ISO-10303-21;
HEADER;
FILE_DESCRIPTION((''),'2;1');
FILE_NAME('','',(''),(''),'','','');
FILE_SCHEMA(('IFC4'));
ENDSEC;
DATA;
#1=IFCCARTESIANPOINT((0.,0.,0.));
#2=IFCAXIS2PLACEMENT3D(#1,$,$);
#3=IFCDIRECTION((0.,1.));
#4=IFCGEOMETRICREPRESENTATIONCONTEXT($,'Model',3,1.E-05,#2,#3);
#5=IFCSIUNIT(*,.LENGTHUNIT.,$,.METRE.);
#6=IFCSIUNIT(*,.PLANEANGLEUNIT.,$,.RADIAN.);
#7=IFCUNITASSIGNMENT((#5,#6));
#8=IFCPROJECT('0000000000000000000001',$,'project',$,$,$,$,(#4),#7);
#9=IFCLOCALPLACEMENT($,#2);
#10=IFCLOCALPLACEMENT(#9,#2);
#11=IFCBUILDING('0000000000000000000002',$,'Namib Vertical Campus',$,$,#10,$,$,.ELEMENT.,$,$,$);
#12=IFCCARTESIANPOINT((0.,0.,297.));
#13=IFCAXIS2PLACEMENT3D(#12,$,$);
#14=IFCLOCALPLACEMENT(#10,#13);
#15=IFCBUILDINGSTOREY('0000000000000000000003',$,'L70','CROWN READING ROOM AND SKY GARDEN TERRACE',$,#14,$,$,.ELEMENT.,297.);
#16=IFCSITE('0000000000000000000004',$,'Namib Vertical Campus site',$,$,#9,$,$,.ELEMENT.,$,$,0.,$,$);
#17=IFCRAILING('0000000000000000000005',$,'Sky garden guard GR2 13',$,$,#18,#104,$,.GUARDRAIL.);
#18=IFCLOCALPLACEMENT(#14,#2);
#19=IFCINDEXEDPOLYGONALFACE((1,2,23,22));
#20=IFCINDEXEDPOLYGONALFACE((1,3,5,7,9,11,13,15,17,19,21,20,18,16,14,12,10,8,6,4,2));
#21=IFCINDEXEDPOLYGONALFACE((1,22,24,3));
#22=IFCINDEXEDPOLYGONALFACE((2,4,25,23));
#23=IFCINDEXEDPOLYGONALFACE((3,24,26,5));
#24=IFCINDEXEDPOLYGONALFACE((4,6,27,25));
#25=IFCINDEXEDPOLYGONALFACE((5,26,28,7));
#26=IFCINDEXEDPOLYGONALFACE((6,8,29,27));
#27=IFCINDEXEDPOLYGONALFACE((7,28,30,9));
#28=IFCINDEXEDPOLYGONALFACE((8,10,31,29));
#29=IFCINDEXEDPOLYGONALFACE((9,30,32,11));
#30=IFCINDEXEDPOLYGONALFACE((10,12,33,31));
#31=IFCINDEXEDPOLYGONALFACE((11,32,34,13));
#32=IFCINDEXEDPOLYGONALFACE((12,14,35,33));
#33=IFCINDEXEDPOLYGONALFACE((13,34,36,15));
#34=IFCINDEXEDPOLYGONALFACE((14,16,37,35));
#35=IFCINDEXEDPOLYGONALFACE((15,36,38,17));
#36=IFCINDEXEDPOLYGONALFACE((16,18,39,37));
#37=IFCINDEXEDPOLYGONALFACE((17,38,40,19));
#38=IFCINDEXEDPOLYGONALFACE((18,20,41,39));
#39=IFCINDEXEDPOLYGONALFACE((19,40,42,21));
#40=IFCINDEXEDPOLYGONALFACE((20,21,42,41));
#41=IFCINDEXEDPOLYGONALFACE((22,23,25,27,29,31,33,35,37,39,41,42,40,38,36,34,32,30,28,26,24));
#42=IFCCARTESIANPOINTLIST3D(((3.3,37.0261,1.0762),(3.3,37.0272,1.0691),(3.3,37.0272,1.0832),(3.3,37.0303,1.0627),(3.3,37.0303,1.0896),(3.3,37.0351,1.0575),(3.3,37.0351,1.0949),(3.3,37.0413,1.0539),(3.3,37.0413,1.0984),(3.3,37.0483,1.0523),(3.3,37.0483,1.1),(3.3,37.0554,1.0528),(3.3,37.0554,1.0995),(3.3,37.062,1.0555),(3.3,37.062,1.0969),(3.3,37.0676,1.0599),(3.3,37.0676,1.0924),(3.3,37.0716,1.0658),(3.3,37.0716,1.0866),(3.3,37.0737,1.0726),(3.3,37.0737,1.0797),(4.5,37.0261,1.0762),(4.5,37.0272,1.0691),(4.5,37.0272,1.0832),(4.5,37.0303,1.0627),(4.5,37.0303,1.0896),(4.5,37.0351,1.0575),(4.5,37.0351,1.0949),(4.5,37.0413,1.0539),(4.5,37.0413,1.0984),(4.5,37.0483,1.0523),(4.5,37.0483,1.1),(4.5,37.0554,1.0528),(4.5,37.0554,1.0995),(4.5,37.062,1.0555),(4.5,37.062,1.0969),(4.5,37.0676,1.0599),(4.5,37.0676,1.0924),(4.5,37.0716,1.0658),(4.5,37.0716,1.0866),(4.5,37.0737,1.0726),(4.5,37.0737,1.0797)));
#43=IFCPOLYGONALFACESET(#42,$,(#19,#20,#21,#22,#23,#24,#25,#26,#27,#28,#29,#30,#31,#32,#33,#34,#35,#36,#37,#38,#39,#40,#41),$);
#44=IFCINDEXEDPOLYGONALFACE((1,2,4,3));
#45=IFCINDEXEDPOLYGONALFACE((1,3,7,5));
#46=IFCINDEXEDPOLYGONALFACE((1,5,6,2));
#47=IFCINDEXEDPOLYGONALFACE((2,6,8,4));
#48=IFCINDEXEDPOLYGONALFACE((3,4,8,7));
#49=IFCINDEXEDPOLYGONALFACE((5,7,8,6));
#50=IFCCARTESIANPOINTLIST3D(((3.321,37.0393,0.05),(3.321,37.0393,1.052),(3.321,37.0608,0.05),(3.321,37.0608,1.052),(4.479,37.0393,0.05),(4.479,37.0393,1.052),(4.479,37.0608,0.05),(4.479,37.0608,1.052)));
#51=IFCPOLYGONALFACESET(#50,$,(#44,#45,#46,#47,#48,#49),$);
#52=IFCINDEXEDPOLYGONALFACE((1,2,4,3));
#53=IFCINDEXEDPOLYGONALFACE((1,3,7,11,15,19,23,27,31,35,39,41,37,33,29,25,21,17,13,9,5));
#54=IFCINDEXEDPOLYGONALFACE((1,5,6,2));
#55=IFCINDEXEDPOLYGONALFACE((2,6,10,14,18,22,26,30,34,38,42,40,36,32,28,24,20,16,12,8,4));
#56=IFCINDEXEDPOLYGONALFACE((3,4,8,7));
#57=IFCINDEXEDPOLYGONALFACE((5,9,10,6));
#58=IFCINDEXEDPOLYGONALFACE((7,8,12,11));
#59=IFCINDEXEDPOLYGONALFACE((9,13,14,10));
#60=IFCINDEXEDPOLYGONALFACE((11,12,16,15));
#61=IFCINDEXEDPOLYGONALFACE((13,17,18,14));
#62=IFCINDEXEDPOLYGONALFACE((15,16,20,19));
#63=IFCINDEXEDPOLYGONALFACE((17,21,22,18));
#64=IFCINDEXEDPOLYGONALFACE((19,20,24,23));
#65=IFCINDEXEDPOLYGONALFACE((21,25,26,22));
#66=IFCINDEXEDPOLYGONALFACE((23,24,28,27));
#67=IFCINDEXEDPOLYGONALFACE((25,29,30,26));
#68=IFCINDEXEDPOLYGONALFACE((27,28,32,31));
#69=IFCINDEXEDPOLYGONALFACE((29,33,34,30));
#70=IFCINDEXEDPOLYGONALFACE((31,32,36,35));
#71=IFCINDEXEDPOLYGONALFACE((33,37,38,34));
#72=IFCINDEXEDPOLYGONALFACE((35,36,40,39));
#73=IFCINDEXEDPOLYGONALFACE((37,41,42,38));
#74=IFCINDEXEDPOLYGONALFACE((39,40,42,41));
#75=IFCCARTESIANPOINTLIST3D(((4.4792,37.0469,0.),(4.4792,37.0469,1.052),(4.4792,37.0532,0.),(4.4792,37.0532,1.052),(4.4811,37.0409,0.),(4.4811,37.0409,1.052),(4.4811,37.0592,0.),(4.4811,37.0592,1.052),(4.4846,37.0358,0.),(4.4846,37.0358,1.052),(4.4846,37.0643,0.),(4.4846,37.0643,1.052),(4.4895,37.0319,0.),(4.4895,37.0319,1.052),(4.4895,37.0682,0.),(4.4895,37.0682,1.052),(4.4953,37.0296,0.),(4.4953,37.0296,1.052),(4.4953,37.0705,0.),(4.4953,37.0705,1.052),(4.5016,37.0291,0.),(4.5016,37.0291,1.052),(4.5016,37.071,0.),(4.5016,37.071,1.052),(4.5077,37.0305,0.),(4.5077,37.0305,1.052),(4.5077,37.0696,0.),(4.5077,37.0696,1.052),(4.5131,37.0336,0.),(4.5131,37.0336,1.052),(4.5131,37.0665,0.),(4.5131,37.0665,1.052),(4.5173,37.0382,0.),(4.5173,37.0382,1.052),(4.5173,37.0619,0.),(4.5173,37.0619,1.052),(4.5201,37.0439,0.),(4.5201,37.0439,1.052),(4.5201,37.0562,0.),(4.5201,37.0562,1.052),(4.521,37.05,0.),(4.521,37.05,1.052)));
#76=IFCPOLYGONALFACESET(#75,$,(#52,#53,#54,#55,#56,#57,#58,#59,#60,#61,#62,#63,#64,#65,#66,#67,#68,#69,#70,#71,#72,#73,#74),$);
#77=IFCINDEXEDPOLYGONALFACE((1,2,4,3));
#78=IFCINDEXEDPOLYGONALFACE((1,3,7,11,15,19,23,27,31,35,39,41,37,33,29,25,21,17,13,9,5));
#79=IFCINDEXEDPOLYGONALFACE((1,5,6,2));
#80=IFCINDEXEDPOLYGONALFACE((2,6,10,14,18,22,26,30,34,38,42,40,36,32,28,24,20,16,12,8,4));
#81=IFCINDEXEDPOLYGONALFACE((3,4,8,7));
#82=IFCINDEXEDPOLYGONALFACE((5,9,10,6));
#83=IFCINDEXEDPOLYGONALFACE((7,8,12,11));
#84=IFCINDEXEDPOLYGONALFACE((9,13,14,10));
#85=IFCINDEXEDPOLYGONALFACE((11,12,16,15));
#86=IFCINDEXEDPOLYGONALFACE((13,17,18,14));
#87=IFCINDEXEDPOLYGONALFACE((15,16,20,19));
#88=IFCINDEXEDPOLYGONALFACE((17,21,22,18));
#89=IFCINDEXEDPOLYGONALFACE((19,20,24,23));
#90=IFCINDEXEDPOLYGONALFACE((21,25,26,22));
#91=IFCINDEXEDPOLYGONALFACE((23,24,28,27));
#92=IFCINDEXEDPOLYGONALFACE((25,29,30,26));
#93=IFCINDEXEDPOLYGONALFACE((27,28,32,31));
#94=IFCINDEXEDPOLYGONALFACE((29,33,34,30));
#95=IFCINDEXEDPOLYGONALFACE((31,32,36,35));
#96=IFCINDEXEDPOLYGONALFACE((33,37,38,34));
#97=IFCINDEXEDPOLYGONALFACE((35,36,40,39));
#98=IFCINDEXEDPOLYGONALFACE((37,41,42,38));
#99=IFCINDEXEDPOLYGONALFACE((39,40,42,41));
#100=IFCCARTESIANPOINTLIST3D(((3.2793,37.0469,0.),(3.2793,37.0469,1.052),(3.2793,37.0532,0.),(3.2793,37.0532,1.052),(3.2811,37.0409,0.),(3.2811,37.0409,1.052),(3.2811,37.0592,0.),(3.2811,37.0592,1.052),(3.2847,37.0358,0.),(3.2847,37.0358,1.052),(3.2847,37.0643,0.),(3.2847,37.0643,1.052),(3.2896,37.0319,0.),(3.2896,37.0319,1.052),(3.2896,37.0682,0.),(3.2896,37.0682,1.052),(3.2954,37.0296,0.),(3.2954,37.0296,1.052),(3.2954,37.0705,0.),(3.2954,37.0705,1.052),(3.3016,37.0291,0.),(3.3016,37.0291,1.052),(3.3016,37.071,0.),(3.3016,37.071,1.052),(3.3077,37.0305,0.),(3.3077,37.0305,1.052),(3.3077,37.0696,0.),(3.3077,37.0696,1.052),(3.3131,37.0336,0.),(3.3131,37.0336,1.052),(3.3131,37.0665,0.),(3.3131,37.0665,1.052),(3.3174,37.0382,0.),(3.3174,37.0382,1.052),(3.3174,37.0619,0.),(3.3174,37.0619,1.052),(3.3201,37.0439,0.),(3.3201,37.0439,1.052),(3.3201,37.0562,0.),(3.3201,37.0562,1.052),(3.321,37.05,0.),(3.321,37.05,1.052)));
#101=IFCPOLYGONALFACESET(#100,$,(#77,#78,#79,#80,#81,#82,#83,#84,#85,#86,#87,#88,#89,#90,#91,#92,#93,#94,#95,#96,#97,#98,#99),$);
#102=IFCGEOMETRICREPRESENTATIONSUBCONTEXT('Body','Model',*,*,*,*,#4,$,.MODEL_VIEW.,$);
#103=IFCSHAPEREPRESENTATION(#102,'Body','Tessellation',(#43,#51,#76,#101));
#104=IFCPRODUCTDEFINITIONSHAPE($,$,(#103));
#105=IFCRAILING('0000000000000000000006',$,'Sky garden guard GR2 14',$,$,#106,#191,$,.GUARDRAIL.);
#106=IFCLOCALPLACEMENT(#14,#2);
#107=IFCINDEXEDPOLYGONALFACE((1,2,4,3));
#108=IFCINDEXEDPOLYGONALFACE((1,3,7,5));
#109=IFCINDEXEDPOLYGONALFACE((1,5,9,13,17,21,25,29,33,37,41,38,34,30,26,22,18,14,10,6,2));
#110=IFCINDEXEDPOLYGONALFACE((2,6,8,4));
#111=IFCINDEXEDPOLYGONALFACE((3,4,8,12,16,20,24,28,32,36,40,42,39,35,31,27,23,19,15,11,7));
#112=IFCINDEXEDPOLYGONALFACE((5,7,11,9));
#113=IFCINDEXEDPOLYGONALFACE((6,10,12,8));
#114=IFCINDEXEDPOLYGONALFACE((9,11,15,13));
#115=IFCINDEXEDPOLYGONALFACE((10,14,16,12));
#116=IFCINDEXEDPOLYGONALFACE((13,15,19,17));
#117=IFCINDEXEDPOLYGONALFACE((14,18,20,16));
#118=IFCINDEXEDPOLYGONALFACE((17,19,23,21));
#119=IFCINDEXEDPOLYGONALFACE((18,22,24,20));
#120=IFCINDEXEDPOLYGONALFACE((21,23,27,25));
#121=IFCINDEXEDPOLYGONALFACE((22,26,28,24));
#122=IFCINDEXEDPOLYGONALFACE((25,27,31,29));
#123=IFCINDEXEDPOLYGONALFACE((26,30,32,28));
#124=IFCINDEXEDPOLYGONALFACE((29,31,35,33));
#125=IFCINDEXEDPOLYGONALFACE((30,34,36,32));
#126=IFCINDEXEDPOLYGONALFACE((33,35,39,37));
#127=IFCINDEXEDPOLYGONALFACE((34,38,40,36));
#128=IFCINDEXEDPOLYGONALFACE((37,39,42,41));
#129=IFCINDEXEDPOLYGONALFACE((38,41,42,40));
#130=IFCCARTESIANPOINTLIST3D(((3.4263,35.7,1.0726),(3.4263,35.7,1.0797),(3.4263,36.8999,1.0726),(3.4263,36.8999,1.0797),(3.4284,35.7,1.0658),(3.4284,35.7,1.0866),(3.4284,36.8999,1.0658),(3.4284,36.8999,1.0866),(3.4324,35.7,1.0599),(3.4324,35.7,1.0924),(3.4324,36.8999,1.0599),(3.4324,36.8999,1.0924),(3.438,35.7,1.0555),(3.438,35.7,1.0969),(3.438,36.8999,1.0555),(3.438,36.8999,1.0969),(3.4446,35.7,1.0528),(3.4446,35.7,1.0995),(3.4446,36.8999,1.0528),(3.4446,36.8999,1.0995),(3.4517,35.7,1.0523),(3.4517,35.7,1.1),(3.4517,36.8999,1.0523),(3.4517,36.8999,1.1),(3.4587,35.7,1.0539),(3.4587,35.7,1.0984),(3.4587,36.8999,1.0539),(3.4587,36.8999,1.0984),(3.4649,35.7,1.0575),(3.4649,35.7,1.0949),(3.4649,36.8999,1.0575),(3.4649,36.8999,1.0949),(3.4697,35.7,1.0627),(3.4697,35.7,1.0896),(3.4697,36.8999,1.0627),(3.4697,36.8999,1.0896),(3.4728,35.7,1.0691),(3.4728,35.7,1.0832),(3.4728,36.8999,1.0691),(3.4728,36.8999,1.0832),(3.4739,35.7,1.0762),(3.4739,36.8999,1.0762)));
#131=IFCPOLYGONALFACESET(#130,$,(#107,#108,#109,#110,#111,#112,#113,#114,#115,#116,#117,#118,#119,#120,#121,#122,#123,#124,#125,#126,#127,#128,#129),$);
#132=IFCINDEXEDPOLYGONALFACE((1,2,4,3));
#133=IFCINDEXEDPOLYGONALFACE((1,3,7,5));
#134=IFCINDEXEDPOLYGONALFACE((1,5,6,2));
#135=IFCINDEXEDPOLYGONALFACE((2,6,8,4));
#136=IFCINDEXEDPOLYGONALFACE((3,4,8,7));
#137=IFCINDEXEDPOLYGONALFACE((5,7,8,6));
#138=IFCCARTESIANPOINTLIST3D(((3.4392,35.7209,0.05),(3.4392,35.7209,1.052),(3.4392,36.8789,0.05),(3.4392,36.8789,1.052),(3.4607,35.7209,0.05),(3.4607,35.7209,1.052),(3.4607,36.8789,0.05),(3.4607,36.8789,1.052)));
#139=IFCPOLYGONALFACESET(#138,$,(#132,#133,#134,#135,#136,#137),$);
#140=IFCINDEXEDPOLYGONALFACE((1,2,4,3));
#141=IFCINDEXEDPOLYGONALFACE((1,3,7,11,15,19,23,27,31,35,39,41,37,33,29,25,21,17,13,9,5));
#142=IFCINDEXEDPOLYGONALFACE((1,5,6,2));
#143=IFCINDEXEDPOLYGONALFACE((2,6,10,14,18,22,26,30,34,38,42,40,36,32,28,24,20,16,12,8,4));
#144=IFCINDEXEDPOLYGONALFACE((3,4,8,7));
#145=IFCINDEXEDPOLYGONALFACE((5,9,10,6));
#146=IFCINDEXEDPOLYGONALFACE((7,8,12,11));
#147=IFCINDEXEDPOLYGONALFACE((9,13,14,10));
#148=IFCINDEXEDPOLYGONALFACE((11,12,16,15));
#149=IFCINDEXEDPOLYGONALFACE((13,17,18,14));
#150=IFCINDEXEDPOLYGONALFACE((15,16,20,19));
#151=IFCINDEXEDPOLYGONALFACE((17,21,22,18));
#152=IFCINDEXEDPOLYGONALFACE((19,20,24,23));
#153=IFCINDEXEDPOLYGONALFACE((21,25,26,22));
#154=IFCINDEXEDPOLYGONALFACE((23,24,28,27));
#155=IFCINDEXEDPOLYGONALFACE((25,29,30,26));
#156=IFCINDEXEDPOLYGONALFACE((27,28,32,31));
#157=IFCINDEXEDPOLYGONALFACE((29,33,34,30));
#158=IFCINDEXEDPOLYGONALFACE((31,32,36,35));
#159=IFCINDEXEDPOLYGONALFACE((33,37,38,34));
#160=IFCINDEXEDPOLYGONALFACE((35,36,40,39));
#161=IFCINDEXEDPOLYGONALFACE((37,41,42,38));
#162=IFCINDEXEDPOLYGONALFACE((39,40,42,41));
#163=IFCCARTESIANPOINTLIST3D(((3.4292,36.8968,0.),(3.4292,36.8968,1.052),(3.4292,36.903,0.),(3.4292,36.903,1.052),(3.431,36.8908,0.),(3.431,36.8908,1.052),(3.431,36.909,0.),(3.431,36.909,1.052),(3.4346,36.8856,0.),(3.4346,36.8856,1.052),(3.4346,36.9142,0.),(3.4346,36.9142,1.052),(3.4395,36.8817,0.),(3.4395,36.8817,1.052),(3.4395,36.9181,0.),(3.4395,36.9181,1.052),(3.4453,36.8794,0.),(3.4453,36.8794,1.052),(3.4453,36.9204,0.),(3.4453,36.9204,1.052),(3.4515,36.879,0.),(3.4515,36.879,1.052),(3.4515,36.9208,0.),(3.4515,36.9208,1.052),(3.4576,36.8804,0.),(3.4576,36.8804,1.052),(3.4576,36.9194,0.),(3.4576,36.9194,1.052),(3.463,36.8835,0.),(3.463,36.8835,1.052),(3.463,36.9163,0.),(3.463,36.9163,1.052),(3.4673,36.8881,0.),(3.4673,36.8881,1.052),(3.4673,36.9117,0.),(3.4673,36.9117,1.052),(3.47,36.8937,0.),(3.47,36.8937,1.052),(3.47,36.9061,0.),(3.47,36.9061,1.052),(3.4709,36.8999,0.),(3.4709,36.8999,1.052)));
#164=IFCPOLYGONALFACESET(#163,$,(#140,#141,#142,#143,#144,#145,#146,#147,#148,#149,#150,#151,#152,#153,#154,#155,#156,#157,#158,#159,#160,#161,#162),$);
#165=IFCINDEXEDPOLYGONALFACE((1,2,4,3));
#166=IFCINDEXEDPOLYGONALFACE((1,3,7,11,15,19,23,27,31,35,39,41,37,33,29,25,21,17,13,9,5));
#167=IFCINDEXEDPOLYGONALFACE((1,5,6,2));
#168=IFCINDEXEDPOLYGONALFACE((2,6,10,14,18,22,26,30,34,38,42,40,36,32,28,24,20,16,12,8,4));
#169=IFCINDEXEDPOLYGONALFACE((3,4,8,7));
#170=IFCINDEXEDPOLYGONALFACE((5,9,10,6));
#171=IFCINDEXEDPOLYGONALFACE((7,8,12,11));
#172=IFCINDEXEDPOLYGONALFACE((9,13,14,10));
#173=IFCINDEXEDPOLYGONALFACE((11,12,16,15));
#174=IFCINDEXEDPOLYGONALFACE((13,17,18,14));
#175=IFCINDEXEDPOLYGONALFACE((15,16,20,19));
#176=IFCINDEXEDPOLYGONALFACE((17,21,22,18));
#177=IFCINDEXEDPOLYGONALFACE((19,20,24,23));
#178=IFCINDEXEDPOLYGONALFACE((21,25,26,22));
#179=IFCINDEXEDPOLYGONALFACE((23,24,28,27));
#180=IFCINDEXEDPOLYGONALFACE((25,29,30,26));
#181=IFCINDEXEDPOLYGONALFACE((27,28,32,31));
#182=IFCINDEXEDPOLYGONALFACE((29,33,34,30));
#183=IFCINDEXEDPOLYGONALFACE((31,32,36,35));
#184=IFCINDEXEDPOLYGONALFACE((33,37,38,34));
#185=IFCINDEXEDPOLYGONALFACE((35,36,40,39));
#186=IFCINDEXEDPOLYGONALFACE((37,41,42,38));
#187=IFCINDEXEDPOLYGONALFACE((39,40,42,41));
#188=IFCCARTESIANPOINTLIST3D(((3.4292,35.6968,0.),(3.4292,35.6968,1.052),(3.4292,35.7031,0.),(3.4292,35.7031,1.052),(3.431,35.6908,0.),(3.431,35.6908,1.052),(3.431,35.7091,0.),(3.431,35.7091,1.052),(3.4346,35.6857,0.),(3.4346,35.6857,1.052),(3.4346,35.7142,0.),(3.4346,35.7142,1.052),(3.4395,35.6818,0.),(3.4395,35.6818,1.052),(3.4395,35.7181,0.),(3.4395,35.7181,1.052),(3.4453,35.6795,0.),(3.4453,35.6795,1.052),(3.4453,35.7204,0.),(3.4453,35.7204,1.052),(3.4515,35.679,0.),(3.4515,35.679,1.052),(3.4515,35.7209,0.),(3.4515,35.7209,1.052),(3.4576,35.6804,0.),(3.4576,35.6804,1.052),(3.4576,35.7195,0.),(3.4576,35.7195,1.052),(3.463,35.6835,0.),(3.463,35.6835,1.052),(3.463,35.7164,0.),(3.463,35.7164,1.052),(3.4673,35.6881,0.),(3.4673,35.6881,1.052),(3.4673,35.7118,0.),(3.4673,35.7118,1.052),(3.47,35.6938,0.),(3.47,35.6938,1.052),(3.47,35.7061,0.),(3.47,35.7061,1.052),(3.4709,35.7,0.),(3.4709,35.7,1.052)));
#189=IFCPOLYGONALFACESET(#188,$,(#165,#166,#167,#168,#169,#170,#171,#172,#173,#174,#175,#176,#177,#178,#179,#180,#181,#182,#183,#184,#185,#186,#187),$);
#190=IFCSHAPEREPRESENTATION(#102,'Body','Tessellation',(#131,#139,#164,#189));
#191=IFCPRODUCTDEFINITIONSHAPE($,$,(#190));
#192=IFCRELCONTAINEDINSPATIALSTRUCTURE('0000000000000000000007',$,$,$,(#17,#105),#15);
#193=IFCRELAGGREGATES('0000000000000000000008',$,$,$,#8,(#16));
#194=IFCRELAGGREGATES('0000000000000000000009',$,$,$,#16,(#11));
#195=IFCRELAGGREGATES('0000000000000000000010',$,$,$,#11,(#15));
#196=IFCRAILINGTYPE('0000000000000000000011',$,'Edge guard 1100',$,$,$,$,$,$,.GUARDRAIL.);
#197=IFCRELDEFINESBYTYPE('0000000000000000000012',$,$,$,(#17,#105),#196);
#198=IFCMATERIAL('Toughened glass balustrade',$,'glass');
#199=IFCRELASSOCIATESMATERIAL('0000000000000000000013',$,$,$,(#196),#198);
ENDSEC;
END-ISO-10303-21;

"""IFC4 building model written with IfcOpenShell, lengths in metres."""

from ifc_helpers import new_model, si_unit, direction, frame, origin, origin_2d, place, context, subcontext, project, spatial, polyline, circle, outline, extrude, material, type_object, element, save


model = new_model("IFC4")

# Units and contexts
model_context = context("Model", 3, precision=1e-05, world=origin(), true_north=direction((0.0, 1.0)))
body_context = subcontext(model_context, "Body", "Model", "MODEL_VIEW")
ifc_project = project(units=[si_unit("LENGTHUNIT", "METRE"), si_unit("PLANEANGLEUNIT", "RADIAN")], contexts=[model_context])

# Site, building, storey
site_placement = place(None, origin())
site = spatial("IfcSite", under=ifc_project, at=site_placement, Name="Namib Vertical Campus site", CompositionType="ELEMENT", RefElevation=0.0)
building_placement = place(site_placement, origin())
building = spatial("IfcBuilding", under=site, at=building_placement, Name="Namib Vertical Campus", CompositionType="ELEMENT")
storey_placement = place(building_placement, frame((0.0, 0.0, 297.0)))
storey = spatial("IfcBuildingStorey", under=building, at=storey_placement, Name="L70", Description="CROWN READING ROOM AND SKY GARDEN TERRACE", CompositionType="ELEMENT", Elevation=297.0)

# Railings
ifc_material_1 = material(Name="Toughened glass balustrade", Category="glass")
railing_type = type_object("IfcRailingType", Name="Edge guard 1100", PredefinedType="GUARDRAIL", material=ifc_material_1)
railing_1_placement = place(storey_placement, frame((4.5, 37.05, 0.0)))
element("IfcRailing", 1, at=railing_1_placement, inside=storey, type_object=railing_type, Name="Sky garden guard GR2 13", PredefinedType="GUARDRAIL", context=body_context, shape_type="SweptSolid", body=[
    extrude(circle(Radius=0.0239, at=origin_2d()), frame((0.0, 0.0, 1.0762), z_axis=(-1.0, 0.0, 0.0), x_axis=(0.0, -1.0, 0.0)), (0.0, 0.0, 1.0), 1.2),
    extrude(outline(polyline([(0.021, 0.05), (1.179, 0.05), (1.179, 1.052), (0.021, 1.052), (0.021, 0.05)])), frame((0.0, -0.0107, 0.0), z_axis=(0.0, 1.0, 0.0), x_axis=(-1.0, 0.0, 0.0)), (0.0, 0.0, 1.0), 0.0215),
    extrude(circle(Radius=0.021, at=origin_2d()), origin(), (0.0, 0.0, 1.0), 1.052),
    extrude(circle(Radius=0.021, at=origin_2d()), frame((-1.2, 0.0, 0.0)), (0.0, 0.0, 1.0), 1.052),
])
railing_2_placement = place(storey_placement, frame((3.45, 36.8999, 0.0)))
element("IfcRailing", 2, at=railing_2_placement, inside=storey, type_object=railing_type, Name="Sky garden guard GR2 14", PredefinedType="GUARDRAIL", context=body_context, shape_type="SweptSolid", body=[
    extrude(circle(Radius=0.0239, at=origin_2d()), frame((0.0, 0.0, 1.0762), z_axis=(0.0, -1.0, 0.0), x_axis=(1.0, 0.0, 0.0)), (0.0, 0.0, 1.0), 1.2),
    extrude(outline(polyline([(0.021, 0.05), (1.179, 0.05), (1.179, 1.052), (0.021, 1.052), (0.021, 0.05)])), frame((0.0107, 0.0, 0.0), z_axis=(-1.0, 0.0, 0.0), x_axis=(0.0, -1.0, 0.0)), (0.0, 0.0, 1.0), 0.0215),
    extrude(circle(Radius=0.021, at=origin_2d()), origin(), (0.0, 0.0, 1.0), 1.052),
    extrude(circle(Radius=0.021, at=origin_2d()), frame((0.0, -1.2, 0.0)), (0.0, 0.0, 1.0), 1.052),
])

save(model, "model.ifc")
